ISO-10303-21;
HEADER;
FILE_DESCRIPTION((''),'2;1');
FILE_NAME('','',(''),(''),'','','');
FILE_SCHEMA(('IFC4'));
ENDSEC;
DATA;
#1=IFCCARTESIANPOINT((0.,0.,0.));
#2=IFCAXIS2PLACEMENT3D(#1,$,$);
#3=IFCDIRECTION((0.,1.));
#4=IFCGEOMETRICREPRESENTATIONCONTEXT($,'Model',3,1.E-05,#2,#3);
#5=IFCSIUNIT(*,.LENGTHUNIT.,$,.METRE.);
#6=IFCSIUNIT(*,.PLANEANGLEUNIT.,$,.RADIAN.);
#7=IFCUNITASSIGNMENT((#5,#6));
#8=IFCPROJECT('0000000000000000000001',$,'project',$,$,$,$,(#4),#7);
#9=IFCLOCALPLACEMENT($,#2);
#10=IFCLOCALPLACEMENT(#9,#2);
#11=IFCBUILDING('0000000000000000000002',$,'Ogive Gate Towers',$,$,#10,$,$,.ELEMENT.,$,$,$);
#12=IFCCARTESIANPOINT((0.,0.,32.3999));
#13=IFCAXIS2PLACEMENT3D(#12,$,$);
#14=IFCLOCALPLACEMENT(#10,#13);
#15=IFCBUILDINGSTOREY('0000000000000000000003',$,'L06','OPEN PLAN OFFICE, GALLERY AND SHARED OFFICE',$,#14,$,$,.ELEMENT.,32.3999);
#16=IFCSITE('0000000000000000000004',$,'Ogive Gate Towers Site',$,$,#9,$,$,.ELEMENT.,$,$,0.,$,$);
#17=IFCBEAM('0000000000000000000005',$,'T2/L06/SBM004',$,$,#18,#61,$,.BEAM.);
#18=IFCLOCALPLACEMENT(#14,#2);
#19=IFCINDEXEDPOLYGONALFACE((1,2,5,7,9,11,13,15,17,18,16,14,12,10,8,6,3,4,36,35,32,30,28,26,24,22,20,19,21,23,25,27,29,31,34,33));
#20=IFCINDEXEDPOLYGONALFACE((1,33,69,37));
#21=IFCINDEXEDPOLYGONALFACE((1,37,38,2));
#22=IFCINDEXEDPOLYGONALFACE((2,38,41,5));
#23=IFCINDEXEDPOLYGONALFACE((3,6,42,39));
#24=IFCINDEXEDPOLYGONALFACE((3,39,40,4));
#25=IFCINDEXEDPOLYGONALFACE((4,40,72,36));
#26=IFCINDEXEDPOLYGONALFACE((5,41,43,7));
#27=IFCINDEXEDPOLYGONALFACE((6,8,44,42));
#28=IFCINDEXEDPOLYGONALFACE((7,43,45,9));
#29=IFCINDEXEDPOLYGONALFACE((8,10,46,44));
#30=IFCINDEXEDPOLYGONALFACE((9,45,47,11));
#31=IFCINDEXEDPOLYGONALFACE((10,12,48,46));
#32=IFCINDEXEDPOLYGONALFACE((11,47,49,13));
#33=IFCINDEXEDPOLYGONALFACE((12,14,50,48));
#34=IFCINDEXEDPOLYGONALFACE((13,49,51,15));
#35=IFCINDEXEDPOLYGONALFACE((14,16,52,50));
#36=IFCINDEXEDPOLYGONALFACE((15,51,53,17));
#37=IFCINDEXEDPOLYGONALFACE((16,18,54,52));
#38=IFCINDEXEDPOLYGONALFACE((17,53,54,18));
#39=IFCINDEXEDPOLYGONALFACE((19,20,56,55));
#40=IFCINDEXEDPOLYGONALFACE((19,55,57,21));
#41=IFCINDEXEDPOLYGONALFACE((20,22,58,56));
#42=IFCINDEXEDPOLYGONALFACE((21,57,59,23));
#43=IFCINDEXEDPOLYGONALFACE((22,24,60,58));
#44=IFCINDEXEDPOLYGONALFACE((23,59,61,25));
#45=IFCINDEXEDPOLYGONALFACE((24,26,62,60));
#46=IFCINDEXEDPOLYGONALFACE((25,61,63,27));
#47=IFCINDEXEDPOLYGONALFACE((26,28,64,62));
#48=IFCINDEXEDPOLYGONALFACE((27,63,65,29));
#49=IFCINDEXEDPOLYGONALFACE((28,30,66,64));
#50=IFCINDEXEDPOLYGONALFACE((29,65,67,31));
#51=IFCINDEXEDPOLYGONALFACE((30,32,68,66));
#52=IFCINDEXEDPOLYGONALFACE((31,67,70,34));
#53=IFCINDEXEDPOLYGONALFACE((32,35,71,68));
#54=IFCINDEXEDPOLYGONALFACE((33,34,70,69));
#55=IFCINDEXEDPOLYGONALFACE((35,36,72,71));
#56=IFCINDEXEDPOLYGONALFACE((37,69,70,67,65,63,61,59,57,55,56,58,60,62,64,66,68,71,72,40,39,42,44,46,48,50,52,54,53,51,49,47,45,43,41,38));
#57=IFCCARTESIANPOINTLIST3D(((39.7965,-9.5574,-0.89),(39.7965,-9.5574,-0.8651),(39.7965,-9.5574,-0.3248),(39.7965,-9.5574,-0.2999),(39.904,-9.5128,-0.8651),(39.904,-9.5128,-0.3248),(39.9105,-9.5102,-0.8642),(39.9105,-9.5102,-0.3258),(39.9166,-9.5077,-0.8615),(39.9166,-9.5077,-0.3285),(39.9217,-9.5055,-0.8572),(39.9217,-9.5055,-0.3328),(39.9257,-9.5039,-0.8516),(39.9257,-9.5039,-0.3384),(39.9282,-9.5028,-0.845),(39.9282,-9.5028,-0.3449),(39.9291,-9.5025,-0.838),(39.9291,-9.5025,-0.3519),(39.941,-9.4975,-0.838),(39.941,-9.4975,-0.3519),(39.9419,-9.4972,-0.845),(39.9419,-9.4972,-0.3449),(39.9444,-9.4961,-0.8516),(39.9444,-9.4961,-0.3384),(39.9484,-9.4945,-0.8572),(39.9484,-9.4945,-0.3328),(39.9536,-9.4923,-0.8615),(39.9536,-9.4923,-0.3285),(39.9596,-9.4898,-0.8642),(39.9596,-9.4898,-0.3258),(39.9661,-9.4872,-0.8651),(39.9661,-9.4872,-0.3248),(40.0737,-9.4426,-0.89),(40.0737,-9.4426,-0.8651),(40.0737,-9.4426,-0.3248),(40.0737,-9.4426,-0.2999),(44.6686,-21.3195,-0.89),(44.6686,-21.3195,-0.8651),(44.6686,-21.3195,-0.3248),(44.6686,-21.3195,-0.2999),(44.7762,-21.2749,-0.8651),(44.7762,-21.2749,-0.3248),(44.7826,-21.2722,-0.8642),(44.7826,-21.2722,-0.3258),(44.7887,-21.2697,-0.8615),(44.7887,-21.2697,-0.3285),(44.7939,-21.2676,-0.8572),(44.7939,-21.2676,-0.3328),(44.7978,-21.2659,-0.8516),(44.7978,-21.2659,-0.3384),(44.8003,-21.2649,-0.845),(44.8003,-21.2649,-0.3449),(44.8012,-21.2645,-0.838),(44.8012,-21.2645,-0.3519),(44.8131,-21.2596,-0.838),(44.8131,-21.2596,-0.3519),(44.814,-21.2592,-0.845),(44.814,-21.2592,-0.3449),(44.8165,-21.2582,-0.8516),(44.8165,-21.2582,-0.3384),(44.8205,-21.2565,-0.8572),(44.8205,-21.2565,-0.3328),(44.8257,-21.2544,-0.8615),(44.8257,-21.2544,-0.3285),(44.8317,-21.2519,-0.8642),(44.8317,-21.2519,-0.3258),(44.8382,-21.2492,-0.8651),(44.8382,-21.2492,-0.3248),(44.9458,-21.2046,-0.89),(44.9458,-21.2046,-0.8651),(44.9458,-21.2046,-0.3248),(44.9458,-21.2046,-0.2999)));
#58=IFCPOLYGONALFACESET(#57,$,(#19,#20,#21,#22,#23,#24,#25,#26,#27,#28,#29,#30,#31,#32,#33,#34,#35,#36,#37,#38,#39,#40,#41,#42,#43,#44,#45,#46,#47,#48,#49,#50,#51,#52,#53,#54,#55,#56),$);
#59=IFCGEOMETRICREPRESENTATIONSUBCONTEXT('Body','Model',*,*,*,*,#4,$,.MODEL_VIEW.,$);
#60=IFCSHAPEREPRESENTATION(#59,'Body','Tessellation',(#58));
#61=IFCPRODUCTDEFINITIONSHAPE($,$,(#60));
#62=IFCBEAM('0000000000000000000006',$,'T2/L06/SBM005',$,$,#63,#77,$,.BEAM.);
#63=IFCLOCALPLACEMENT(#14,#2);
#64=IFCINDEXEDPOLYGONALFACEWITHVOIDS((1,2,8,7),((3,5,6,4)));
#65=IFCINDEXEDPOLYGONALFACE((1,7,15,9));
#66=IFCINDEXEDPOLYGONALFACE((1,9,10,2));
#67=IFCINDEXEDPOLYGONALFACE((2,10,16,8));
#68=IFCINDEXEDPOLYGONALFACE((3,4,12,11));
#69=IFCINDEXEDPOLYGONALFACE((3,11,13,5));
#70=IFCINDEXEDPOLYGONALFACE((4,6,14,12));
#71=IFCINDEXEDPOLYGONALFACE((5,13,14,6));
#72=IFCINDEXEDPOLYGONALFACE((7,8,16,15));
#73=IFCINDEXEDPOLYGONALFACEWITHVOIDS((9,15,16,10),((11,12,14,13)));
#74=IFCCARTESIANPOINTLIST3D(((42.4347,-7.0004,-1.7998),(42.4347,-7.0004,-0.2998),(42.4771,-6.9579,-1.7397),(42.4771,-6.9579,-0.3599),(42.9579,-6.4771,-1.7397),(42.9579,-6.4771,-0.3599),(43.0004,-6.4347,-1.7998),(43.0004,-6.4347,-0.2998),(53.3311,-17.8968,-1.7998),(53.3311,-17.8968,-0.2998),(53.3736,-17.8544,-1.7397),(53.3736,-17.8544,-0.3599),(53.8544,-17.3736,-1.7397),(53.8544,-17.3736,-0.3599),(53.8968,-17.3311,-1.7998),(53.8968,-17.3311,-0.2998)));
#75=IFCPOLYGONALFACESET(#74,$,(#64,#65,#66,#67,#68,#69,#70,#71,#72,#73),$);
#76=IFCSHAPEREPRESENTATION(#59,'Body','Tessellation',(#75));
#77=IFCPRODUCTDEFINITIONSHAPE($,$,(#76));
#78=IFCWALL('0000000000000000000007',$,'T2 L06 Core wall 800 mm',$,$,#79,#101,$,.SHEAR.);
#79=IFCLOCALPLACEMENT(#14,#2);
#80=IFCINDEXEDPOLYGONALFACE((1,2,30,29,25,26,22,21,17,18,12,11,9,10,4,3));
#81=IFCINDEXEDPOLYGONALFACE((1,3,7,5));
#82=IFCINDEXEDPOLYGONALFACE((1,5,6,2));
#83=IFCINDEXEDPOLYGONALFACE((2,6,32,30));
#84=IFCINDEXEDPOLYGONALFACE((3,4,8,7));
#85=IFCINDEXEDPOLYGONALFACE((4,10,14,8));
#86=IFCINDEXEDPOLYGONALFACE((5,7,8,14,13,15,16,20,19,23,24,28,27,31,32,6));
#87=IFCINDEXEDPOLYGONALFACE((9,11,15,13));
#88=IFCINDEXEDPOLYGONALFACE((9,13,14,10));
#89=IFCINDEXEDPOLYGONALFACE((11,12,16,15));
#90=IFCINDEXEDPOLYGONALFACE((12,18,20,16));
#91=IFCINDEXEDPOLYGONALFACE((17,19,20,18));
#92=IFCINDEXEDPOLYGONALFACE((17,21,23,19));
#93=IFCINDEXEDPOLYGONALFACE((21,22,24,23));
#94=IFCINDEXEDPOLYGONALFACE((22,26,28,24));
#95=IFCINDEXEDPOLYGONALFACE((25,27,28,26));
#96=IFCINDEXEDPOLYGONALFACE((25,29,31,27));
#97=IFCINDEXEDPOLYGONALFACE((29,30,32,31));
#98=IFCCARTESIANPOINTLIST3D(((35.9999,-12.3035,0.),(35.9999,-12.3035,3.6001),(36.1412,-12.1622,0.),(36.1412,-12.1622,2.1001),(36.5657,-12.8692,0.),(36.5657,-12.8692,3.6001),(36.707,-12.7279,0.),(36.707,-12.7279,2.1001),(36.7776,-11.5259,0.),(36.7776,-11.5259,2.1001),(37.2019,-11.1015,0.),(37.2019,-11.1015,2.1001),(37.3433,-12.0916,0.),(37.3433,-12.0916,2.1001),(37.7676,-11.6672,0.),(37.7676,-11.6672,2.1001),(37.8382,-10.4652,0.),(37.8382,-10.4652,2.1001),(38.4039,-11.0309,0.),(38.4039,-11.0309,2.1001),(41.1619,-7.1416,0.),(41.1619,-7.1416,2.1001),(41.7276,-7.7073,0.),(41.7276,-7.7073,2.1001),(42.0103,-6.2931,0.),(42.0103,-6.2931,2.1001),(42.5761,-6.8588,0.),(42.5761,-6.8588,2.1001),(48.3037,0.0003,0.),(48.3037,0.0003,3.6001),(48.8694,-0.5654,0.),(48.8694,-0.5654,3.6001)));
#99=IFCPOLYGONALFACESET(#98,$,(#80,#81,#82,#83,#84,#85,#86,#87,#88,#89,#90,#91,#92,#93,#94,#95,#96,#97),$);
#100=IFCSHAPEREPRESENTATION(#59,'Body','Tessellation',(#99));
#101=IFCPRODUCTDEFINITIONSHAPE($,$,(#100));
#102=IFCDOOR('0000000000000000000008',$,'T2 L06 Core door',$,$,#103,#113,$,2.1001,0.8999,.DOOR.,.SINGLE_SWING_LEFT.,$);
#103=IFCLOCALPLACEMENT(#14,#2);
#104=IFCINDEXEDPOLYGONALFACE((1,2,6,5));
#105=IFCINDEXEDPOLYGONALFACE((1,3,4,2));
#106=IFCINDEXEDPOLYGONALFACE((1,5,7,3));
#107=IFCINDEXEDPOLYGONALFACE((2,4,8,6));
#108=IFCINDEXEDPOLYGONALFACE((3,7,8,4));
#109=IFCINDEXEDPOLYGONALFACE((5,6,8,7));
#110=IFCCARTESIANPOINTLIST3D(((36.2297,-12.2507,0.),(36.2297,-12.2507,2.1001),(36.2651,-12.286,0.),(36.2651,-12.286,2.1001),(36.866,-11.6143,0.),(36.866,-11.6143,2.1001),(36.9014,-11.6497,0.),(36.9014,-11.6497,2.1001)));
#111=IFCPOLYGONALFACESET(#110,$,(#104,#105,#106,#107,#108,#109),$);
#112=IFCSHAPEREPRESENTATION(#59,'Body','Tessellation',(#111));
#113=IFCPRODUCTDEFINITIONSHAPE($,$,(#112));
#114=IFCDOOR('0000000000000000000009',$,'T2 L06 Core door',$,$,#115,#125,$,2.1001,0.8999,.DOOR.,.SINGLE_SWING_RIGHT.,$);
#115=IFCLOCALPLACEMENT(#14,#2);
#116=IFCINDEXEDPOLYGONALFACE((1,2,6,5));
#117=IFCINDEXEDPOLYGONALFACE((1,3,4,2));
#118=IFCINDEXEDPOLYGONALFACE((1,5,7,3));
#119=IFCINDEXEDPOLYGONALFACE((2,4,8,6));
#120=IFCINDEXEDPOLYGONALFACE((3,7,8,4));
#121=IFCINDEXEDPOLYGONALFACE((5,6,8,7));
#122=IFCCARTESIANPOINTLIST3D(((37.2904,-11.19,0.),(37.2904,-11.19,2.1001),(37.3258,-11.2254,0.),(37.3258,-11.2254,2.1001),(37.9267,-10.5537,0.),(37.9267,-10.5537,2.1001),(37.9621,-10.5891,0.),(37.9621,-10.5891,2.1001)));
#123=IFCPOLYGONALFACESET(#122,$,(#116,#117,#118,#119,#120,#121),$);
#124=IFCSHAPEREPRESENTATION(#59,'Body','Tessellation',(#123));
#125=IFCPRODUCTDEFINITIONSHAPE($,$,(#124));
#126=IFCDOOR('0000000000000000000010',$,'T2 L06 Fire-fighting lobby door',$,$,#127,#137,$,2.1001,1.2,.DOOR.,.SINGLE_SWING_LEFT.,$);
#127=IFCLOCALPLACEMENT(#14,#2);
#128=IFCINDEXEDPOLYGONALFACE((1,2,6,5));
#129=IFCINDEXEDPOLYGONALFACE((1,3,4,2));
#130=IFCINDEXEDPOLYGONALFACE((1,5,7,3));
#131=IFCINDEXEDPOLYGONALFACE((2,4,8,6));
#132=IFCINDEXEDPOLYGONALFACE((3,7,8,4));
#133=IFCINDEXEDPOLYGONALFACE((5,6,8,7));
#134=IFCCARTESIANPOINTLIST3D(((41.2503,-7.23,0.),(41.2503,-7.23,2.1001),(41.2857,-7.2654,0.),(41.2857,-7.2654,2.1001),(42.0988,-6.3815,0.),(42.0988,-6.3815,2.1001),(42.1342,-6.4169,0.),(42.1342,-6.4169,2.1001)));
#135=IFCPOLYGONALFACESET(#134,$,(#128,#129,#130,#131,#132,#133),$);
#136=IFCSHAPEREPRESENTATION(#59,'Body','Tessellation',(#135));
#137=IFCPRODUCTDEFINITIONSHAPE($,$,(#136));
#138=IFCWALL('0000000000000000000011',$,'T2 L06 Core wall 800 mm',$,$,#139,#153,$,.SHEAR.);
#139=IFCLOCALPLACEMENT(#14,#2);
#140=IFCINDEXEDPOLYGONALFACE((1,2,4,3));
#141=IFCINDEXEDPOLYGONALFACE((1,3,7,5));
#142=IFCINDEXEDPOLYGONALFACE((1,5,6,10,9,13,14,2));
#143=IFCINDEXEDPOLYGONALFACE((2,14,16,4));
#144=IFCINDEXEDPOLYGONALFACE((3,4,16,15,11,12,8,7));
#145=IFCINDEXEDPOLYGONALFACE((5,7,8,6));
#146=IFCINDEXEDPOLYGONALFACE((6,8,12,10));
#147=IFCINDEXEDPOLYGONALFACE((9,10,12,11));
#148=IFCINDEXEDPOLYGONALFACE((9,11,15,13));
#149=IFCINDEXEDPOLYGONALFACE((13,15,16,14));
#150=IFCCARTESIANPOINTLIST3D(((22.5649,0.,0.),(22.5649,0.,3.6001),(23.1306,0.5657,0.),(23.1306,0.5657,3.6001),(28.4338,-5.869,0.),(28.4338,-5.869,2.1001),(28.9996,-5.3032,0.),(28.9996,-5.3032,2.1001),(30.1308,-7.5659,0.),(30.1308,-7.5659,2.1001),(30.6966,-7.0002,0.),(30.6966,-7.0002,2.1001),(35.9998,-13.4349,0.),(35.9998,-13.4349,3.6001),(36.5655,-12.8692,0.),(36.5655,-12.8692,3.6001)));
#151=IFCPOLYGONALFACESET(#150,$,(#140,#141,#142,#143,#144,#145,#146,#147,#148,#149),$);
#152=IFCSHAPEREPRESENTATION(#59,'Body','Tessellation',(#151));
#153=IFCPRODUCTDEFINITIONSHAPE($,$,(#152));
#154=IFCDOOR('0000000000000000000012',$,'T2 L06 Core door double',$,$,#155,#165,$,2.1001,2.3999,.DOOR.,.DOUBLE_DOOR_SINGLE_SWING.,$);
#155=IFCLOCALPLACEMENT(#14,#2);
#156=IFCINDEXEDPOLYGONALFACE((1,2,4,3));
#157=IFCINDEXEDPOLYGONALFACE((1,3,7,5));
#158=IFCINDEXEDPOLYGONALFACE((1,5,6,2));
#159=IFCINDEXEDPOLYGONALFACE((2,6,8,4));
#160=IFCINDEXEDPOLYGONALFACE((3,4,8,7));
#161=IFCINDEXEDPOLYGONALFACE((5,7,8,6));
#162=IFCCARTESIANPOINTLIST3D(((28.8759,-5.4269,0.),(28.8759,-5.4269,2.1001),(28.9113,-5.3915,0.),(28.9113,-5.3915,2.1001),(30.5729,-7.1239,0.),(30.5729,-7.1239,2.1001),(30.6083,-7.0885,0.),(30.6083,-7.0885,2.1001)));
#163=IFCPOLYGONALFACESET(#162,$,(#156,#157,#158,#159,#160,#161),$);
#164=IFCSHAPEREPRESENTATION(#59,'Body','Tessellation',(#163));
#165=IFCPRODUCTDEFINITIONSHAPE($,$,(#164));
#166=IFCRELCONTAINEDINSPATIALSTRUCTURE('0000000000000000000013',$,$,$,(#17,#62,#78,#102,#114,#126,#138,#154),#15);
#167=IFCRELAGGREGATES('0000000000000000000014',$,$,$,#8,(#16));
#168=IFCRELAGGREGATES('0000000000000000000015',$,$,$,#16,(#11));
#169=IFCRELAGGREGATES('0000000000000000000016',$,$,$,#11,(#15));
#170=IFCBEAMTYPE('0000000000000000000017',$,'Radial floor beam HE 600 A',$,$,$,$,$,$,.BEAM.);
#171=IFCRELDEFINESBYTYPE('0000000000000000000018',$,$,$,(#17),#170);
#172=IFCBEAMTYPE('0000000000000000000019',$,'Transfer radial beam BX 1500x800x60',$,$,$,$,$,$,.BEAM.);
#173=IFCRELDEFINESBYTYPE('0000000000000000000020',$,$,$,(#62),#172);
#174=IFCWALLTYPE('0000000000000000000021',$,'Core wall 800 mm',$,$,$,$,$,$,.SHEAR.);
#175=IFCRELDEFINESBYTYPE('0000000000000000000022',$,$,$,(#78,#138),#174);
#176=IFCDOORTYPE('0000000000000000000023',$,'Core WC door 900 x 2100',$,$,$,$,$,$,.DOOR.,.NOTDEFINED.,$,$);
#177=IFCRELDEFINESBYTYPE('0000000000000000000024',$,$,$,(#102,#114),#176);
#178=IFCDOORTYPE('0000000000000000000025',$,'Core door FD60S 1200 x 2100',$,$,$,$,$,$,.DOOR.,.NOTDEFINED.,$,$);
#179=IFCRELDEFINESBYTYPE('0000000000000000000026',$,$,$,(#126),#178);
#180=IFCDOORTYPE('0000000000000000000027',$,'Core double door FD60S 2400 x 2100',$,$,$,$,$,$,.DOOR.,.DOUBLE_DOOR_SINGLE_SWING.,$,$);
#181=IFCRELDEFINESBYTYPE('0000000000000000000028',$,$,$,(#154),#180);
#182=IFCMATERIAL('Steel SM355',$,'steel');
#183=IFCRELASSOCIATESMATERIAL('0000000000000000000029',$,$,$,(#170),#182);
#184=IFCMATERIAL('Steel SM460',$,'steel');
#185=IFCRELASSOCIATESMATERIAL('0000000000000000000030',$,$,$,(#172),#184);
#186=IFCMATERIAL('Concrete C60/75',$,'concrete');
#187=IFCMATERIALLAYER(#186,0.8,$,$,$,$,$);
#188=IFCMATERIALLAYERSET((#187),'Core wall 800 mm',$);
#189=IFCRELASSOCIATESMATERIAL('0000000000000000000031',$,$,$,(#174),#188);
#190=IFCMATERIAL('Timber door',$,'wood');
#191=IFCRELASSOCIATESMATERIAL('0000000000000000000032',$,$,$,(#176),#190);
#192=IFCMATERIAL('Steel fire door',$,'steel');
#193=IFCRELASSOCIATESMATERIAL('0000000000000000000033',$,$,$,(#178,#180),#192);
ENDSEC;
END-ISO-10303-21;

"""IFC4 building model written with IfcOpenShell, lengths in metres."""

from ifc_helpers import new_model, si_unit, direction, frame, frame_2d, origin, origin_2d, place, context, subcontext, project, spatial, rectangle, hollow_rectangle, i_section, extrude, material, layer, layer_set, material_profile, profile_set, type_object, element, fill, save


model = new_model("IFC4")

# Units and contexts
model_context = context("Model", 3, precision=1e-05, world=origin(), true_north=direction((0.0, 1.0)))
body_context = subcontext(model_context, "Body", "Model", "MODEL_VIEW")
ifc_project = project(units=[si_unit("LENGTHUNIT", "METRE"), si_unit("PLANEANGLEUNIT", "RADIAN")], contexts=[model_context])

# Site, building, storey
site_placement = place(None, origin())
site = spatial("IfcSite", under=ifc_project, at=site_placement, Name="Ogive Gate Towers Site", CompositionType="ELEMENT", RefElevation=0.0)
building_placement = place(site_placement, origin())
building = spatial("IfcBuilding", under=site, at=building_placement, Name="Ogive Gate Towers", CompositionType="ELEMENT")
storey_placement = place(building_placement, frame((0.0, 0.0, 32.3999)))
storey = spatial("IfcBuildingStorey", under=building, at=storey_placement, Name="L06", Description="OPEN PLAN OFFICE, GALLERY AND SHARED OFFICE", CompositionType="ELEMENT", Elevation=32.3999)

# Beams
ifc_material_1 = material(Name="Steel SM355", Category="steel")
ifc_material_profile_1 = material_profile(ifc_material_1, i_section(OverallWidth=0.3, OverallDepth=0.5901, WebThickness=0.0129, FlangeThickness=0.0249, FilletRadius=0.0271, at=origin_2d()), Name="HE 600 A")
ifc_profile_set_1 = profile_set([ifc_material_profile_1], Name="Steel SM355")
beam_type_1 = type_object("IfcBeamType", Name="Radial floor beam HE 600 A", PredefinedType="BEAM", material=ifc_profile_set_1)
beam_1_placement = place(storey_placement, frame((39.9351, -9.5, -0.595), z_axis=(0.382691, -0.923877, 0.0), x_axis=(0.923877, 0.382691, 0.0)))
element("IfcBeam", 1, at=beam_1_placement, inside=storey, type_object=beam_type_1, Name="T2/L06/SBM004", PredefinedType="BEAM", context=body_context, shape_type="SweptSolid", body=[
    extrude(i_section(OverallWidth=0.3, OverallDepth=0.5901, WebThickness=0.0129, FlangeThickness=0.0249, FilletRadius=0.0271, at=origin_2d()), origin(), (0.0, 0.0, 1.0), 12.7312),
])
ifc_material_2 = material(Name="Steel SM460", Category="steel")
ifc_material_profile_2 = material_profile(ifc_material_2, hollow_rectangle(XDim=0.8, YDim=1.5, WallThickness=0.0601, at=origin_2d()), Name="BX 1500x800x60")
ifc_profile_set_2 = profile_set([ifc_material_profile_2], Name="Steel SM460")
beam_type_2 = type_object("IfcBeamType", Name="Transfer radial beam BX 1500x800x60", PredefinedType="BEAM", material=ifc_profile_set_2)
beam_2_placement = place(storey_placement, frame((42.7175, -6.7175, -1.0498), z_axis=(0.707107, -0.707107, 0.0), x_axis=(0.707107, 0.707107, 0.0)))
element("IfcBeam", 2, at=beam_2_placement, inside=storey, type_object=beam_type_2, Name="T2/L06/SBM005", PredefinedType="BEAM", context=body_context, shape_type="SweptSolid", body=[
    extrude(hollow_rectangle(XDim=0.8, YDim=1.5, WallThickness=0.0601, at=origin_2d()), origin(), (0.0, 0.0, 1.0), 15.4099),
])

# Wall, openings, doors
ifc_material_3 = material(Name="Concrete C60/75", Category="concrete")
ifc_layer_1 = layer(ifc_material_3, 0.8)
ifc_layer_set_1 = layer_set([ifc_layer_1], Name="Core wall 800 mm")
wall_type_1 = type_object("IfcWallType", Name="Core wall 800 mm", PredefinedType="SHEAR", material=ifc_layer_set_1)
wall_1_placement = place(storey_placement, frame((36.2827, -12.5864, 0.0), z_axis=(0.0, 0.0, 1.0), x_axis=(0.707107, 0.707107, 0.0)))
wall_1 = element("IfcWall", 3, at=wall_1_placement, inside=storey, type_object=wall_type_1, Name="T2 L06 Core wall 800 mm", PredefinedType="SHEAR", context=body_context, shape_type="SweptSolid", body=[
    extrude(rectangle(XDim=17.4001, YDim=0.8, at=frame_2d((8.7002, 0.0))), origin(), (0.0, 0.0, 1.0), 3.6001),
])
opening_1_placement = place(wall_1_placement, frame((7.3, 0.0, 0.0)))
opening_1 = element("IfcOpeningElement", 4, at=opening_1_placement, cuts=wall_1, PredefinedType="OPENING", context=body_context, shape_type="SweptSolid", body=[
    extrude(rectangle(XDim=1.2, YDim=2.1001, at=frame_2d((0.6001, 1.05))), frame((0.0, 0.4102, 0.0), z_axis=(0.0, -1.0, 0.0), x_axis=(1.0, 0.0, 0.0)), (0.0, 0.0, 1.0), 0.8201),
])
opening_2_placement = place(wall_1_placement, frame((0.2, 0.0, 0.0)))
opening_2 = element("IfcOpeningElement", 5, at=opening_2_placement, cuts=wall_1, PredefinedType="OPENING", context=body_context, shape_type="SweptSolid", body=[
    extrude(rectangle(XDim=0.8999, YDim=2.1001, at=frame_2d((0.45, 1.05))), frame((0.0, 0.4102, 0.0), z_axis=(0.0, -1.0, 0.0), x_axis=(1.0, 0.0, 0.0)), (0.0, 0.0, 1.0), 0.8201),
])
opening_3_placement = place(wall_1_placement, frame((1.7, 0.0, 0.0)))
opening_3 = element("IfcOpeningElement", 6, at=opening_3_placement, cuts=wall_1, PredefinedType="OPENING", context=body_context, shape_type="SweptSolid", body=[
    extrude(rectangle(XDim=0.8999, YDim=2.1001, at=frame_2d((0.45, 1.05))), frame((0.0, 0.4102, 0.0), z_axis=(0.0, -1.0, 0.0), x_axis=(1.0, 0.0, 0.0)), (0.0, 0.0, 1.0), 0.8201),
])
ifc_material_4 = material(Name="Timber door", Category="wood")
door_type_1 = type_object("IfcDoorType", Name="Core WC door 900 x 2100", OperationType="NOTDEFINED", PredefinedType="DOOR", material=ifc_material_4)
door_1_placement = place(opening_2_placement, origin())
door_1 = element("IfcDoor", 7, at=door_1_placement, inside=storey, type_object=door_type_1, Name="T2 L06 Core door", OperationType="SINGLE_SWING_LEFT", OverallHeight=2.1001, OverallWidth=0.8999, PredefinedType="DOOR", context=body_context, shape_type="SweptSolid", body=[
    extrude(rectangle(XDim=0.8999, YDim=2.1001, at=frame_2d((0.45, 1.05))), frame((0.0, 0.2749, 0.0), z_axis=(0.0, -1.0, 0.0), x_axis=(1.0, 0.0, 0.0)), (0.0, 0.0, 1.0), 0.05),
])
fill(opening_2, door_1)
door_2_placement = place(opening_3_placement, origin())
door_2 = element("IfcDoor", 8, at=door_2_placement, inside=storey, type_object=door_type_1, Name="T2 L06 Core door", OperationType="SINGLE_SWING_RIGHT", OverallHeight=2.1001, OverallWidth=0.8999, PredefinedType="DOOR", context=body_context, shape_type="SweptSolid", body=[
    extrude(rectangle(XDim=0.8999, YDim=2.1001, at=frame_2d((0.45, 1.05))), frame((0.0, 0.2749, 0.0), z_axis=(0.0, -1.0, 0.0), x_axis=(1.0, 0.0, 0.0)), (0.0, 0.0, 1.0), 0.05),
])
fill(opening_3, door_2)
ifc_material_5 = material(Name="Steel fire door", Category="steel")
door_type_2 = type_object("IfcDoorType", Name="Core door FD60S 1200 x 2100", OperationType="NOTDEFINED", PredefinedType="DOOR", material=ifc_material_5)
door_3_placement = place(opening_1_placement, origin())
door_3 = element("IfcDoor", 9, at=door_3_placement, inside=storey, type_object=door_type_2, Name="T2 L06 Fire-fighting lobby door", OperationType="SINGLE_SWING_LEFT", OverallHeight=2.1001, OverallWidth=1.2, PredefinedType="DOOR", context=body_context, shape_type="SweptSolid", body=[
    extrude(rectangle(XDim=1.2, YDim=2.1001, at=frame_2d((0.6001, 1.05))), frame((0.0, 0.2749, 0.0), z_axis=(0.0, -1.0, 0.0), x_axis=(1.0, 0.0, 0.0)), (0.0, 0.0, 1.0), 0.05),
])
fill(opening_1, door_3)

# Wall, opening, door
wall_2_placement = place(storey_placement, frame((36.2827, -13.1521, 0.0), z_axis=(0.0, 0.0, 1.0), x_axis=(-0.707107, 0.707107, 0.0)))
wall_2 = element("IfcWall", 10, at=wall_2_placement, inside=storey, type_object=wall_type_1, Name="T2 L06 Core wall 800 mm", PredefinedType="SHEAR", context=body_context, shape_type="SweptSolid", body=[
    extrude(rectangle(XDim=18.9998, YDim=0.8, at=frame_2d((9.5, 0.0))), origin(), (0.0, 0.0, 1.0), 3.6001),
])
opening_4_placement = place(wall_2_placement, frame((8.3, 0.0, 0.0)))
opening_4 = element("IfcOpeningElement", 11, at=opening_4_placement, cuts=wall_2, PredefinedType="OPENING", context=body_context, shape_type="SweptSolid", body=[
    extrude(rectangle(XDim=2.3999, YDim=2.1001, at=frame_2d((1.2, 1.05))), frame((0.0, 0.4102, 0.0), z_axis=(0.0, -1.0, 0.0), x_axis=(1.0, 0.0, 0.0)), (0.0, 0.0, 1.0), 0.8201),
])
door_type_3 = type_object("IfcDoorType", Name="Core double door FD60S 2400 x 2100", OperationType="DOUBLE_DOOR_SINGLE_SWING", PredefinedType="DOOR", material=ifc_material_5)
door_4_placement = place(opening_4_placement, origin())
door_4 = element("IfcDoor", 12, at=door_4_placement, inside=storey, type_object=door_type_3, Name="T2 L06 Core door double", OperationType="DOUBLE_DOOR_SINGLE_SWING", OverallHeight=2.1001, OverallWidth=2.3999, PredefinedType="DOOR", context=body_context, shape_type="SweptSolid", body=[
    extrude(rectangle(XDim=2.3999, YDim=2.1001, at=frame_2d((1.2, 1.05))), frame((0.0, -0.2251, 0.0), z_axis=(0.0, -1.0, 0.0), x_axis=(1.0, 0.0, 0.0)), (0.0, 0.0, 1.0), 0.05),
])
fill(opening_4, door_4)

save(model, "model.ifc")
